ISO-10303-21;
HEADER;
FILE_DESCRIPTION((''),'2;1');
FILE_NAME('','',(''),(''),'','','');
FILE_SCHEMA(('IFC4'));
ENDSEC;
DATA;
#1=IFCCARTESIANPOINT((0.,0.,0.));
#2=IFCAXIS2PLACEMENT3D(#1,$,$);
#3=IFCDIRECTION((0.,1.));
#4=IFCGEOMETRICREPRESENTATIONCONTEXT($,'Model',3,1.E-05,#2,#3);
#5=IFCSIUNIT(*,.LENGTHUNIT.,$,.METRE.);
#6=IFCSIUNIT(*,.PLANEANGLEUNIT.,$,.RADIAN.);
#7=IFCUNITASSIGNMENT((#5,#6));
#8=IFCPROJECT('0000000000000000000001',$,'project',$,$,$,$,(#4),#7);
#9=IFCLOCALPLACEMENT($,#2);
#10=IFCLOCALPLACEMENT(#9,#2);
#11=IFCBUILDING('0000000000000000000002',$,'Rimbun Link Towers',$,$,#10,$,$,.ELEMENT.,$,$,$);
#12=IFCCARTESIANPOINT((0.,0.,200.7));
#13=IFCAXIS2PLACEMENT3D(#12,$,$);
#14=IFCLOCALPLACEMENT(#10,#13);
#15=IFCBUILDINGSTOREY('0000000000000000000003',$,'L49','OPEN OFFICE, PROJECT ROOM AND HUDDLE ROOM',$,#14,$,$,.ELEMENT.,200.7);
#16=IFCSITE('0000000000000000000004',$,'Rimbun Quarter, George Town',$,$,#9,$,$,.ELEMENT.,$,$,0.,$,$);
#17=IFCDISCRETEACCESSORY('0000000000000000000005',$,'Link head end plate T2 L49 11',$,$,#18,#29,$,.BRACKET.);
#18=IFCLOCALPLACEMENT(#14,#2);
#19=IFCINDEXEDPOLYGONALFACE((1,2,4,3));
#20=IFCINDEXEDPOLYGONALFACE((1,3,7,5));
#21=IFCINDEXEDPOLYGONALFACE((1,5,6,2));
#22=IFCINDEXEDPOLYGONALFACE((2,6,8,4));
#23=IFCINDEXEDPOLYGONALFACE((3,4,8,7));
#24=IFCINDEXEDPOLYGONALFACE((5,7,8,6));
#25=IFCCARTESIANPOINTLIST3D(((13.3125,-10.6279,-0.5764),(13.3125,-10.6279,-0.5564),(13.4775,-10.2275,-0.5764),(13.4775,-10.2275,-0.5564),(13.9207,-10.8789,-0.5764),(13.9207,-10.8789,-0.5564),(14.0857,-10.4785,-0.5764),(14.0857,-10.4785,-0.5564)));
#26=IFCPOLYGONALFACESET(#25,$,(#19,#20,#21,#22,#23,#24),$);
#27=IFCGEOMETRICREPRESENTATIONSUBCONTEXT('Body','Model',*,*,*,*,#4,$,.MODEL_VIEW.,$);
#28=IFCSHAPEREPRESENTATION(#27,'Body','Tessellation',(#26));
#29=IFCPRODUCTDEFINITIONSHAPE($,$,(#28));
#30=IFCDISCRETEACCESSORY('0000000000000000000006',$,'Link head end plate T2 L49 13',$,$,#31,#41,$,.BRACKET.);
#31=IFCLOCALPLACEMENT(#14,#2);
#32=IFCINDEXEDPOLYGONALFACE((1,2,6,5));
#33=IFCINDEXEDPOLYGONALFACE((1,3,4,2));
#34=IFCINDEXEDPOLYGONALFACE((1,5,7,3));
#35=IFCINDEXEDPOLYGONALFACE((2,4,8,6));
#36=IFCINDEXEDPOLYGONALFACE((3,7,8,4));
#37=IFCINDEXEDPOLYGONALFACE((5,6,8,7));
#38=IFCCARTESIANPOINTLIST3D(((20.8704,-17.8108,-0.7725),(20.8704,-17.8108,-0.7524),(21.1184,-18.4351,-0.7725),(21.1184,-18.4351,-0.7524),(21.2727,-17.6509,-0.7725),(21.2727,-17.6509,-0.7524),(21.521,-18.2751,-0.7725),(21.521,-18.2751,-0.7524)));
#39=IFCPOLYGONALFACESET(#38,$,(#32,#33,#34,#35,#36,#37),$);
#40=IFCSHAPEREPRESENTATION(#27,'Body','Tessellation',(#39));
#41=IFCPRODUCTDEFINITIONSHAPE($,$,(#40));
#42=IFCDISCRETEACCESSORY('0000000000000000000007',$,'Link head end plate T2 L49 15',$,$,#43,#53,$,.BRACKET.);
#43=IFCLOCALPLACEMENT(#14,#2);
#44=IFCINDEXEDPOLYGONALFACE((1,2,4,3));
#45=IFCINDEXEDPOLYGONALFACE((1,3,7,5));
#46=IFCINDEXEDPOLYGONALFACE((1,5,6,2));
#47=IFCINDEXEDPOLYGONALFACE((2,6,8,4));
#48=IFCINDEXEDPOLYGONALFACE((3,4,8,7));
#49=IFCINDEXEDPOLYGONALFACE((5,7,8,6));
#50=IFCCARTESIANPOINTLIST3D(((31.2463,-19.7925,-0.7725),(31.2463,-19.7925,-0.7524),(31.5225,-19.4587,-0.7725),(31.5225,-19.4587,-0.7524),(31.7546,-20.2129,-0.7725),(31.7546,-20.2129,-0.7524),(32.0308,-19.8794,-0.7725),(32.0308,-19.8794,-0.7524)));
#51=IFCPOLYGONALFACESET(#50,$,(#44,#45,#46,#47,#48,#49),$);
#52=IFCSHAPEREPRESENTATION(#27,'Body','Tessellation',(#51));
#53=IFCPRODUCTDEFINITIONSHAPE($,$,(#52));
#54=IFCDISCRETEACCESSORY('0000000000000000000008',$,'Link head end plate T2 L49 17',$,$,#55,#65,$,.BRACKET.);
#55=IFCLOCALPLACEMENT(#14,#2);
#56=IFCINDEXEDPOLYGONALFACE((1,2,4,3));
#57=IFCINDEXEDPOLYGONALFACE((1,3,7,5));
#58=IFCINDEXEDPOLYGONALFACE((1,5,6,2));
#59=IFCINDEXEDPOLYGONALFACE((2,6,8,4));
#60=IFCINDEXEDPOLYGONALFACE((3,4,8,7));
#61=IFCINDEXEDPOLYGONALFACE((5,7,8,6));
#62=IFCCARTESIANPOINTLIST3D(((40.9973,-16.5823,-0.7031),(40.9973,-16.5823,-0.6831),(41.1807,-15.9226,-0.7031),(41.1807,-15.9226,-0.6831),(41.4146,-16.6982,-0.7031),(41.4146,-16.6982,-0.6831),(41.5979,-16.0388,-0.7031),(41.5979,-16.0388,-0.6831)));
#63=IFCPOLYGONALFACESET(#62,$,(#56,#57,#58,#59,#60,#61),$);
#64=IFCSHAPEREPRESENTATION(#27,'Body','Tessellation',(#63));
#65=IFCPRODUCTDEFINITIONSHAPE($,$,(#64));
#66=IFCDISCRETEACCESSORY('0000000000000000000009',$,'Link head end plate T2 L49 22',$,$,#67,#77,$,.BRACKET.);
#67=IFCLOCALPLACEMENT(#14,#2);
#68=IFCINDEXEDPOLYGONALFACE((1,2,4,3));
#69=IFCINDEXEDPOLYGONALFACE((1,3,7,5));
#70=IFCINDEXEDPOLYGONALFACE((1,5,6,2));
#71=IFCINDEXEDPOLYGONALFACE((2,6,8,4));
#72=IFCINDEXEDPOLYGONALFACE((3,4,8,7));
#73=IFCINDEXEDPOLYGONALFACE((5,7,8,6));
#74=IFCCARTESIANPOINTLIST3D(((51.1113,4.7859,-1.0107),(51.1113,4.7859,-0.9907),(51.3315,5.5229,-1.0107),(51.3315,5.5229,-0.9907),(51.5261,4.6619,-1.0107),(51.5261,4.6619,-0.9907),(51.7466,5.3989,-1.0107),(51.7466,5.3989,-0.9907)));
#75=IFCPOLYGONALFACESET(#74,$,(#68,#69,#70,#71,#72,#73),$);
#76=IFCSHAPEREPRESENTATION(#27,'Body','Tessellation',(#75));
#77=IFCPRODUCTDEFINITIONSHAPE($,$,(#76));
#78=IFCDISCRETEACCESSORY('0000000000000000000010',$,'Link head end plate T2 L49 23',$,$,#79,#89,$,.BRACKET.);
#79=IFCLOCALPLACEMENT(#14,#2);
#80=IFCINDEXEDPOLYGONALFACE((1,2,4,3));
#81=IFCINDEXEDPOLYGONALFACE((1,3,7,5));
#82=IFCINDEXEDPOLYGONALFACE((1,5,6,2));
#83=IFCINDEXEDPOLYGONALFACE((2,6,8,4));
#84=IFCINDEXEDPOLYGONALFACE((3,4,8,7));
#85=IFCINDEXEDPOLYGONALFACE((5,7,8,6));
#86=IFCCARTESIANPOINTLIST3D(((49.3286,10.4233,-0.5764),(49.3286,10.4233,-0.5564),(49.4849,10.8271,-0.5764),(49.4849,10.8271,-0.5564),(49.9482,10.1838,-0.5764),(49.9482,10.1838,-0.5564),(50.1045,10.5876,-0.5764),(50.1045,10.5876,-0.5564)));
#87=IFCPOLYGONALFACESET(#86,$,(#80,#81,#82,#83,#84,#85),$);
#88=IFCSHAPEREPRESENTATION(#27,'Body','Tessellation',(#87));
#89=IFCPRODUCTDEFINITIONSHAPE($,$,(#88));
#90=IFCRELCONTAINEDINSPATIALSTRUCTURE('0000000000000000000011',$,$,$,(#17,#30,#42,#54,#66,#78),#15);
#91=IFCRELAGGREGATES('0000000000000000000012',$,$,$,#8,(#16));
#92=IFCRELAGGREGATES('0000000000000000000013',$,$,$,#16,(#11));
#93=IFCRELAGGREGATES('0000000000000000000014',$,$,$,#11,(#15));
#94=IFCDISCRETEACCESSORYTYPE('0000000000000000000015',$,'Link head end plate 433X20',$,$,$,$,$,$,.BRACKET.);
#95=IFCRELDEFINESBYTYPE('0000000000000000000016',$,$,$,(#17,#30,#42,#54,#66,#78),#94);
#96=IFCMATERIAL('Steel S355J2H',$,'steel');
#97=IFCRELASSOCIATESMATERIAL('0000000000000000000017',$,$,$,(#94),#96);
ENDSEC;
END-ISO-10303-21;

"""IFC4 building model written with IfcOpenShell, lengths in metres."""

from ifc_helpers import new_model, si_unit, direction, frame, origin, origin_2d, place, context, subcontext, project, spatial, polyline, rectangle, outline, extrude, material, material_profile, profile_set, type_object, element, save


model = new_model("IFC4")

# Units and contexts
model_context = context("Model", 3, precision=1e-05, world=origin(), true_north=direction((0.0, 1.0)))
body_context = subcontext(model_context, "Body", "Model", "MODEL_VIEW")
ifc_project = project(units=[si_unit("LENGTHUNIT", "METRE"), si_unit("PLANEANGLEUNIT", "RADIAN")], contexts=[model_context])

# Site, building, storey
site_placement = place(None, origin())
site = spatial("IfcSite", under=ifc_project, at=site_placement, Name="Rimbun Quarter, George Town", CompositionType="ELEMENT", RefElevation=0.0)
building_placement = place(site_placement, origin())
building = spatial("IfcBuilding", under=site, at=building_placement, Name="Rimbun Link Towers", CompositionType="ELEMENT")
storey_placement = place(building_placement, frame((0.0, 0.0, 200.7)))
storey = spatial("IfcBuildingStorey", under=building, at=storey_placement, Name="L49", Description="OPEN OFFICE, PROJECT ROOM AND HUDDLE ROOM", CompositionType="ELEMENT", Elevation=200.7)

# Discrete accessories
ifc_material_1 = material(Name="Steel S355J2H", Category="steel")
ifc_material_profile_1 = material_profile(ifc_material_1, rectangle(XDim=0.4331, YDim=0.4331, at=origin_2d()), Name="PL 433x433")
ifc_profile_set_1 = profile_set([ifc_material_profile_1], Name="Steel S355J2H")
discrete_accessory_type_1 = type_object("IfcDiscreteAccessoryType", Name="Link head end plate 433X20", PredefinedType="BRACKET", material=ifc_profile_set_1)
discrete_accessory_1_placement = place(storey_placement, frame((0.0, 0.0, -0.5764)))
element("IfcDiscreteAccessory", 1, at=discrete_accessory_1_placement, inside=storey, type_object=discrete_accessory_type_1, Name="Link head end plate T2 L49 11", PredefinedType="BRACKET", context=body_context, shape_type="SweptSolid", body=[
    extrude(outline(polyline([(14.0857, -10.4785), (13.4775, -10.2275), (13.3125, -10.6279), (13.9207, -10.8789), (14.0857, -10.4785)])), origin(), (0.0, 0.0, 1.0), 0.02),
])
discrete_accessory_2_placement = place(storey_placement, frame((0.0, 0.0, -0.7725)))
element("IfcDiscreteAccessory", 2, at=discrete_accessory_2_placement, inside=storey, type_object=discrete_accessory_type_1, Name="Link head end plate T2 L49 13", PredefinedType="BRACKET", context=body_context, shape_type="SweptSolid", body=[
    extrude(outline(polyline([(20.8704, -17.8108), (21.1184, -18.4351), (21.521, -18.2751), (21.2727, -17.6509), (20.8704, -17.8108)])), origin(), (0.0, 0.0, 1.0), 0.02),
])
discrete_accessory_3_placement = place(storey_placement, frame((0.0, 0.0, -0.7725)))
element("IfcDiscreteAccessory", 3, at=discrete_accessory_3_placement, inside=storey, type_object=discrete_accessory_type_1, Name="Link head end plate T2 L49 15", PredefinedType="BRACKET", context=body_context, shape_type="SweptSolid", body=[
    extrude(outline(polyline([(31.2463, -19.7925), (31.7546, -20.2129), (32.0308, -19.8794), (31.5225, -19.4587), (31.2463, -19.7925)])), origin(), (0.0, 0.0, 1.0), 0.02),
])
discrete_accessory_4_placement = place(storey_placement, frame((0.0, 0.0, -0.7031)))
element("IfcDiscreteAccessory", 4, at=discrete_accessory_4_placement, inside=storey, type_object=discrete_accessory_type_1, Name="Link head end plate T2 L49 17", PredefinedType="BRACKET", context=body_context, shape_type="SweptSolid", body=[
    extrude(outline(polyline([(41.1807, -15.9226), (40.9973, -16.5823), (41.4146, -16.6982), (41.5979, -16.0388), (41.1807, -15.9226)])), origin(), (0.0, 0.0, 1.0), 0.02),
])
discrete_accessory_5_placement = place(storey_placement, frame((0.0, 0.0, -1.0107)))
element("IfcDiscreteAccessory", 5, at=discrete_accessory_5_placement, inside=storey, type_object=discrete_accessory_type_1, Name="Link head end plate T2 L49 22", PredefinedType="BRACKET", context=body_context, shape_type="SweptSolid", body=[
    extrude(outline(polyline([(51.5261, 4.6619), (51.7466, 5.3989), (51.3315, 5.5229), (51.1113, 4.7859), (51.5261, 4.6619)])), origin(), (0.0, 0.0, 1.0), 0.02),
])
discrete_accessory_6_placement = place(storey_placement, frame((0.0, 0.0, -0.5764)))
element("IfcDiscreteAccessory", 6, at=discrete_accessory_6_placement, inside=storey, type_object=discrete_accessory_type_1, Name="Link head end plate T2 L49 23", PredefinedType="BRACKET", context=body_context, shape_type="SweptSolid", body=[
    extrude(outline(polyline([(49.3286, 10.4233), (49.9482, 10.1838), (50.1045, 10.5876), (49.4849, 10.8271), (49.3286, 10.4233)])), origin(), (0.0, 0.0, 1.0), 0.02),
])

save(model, "model.ifc")
